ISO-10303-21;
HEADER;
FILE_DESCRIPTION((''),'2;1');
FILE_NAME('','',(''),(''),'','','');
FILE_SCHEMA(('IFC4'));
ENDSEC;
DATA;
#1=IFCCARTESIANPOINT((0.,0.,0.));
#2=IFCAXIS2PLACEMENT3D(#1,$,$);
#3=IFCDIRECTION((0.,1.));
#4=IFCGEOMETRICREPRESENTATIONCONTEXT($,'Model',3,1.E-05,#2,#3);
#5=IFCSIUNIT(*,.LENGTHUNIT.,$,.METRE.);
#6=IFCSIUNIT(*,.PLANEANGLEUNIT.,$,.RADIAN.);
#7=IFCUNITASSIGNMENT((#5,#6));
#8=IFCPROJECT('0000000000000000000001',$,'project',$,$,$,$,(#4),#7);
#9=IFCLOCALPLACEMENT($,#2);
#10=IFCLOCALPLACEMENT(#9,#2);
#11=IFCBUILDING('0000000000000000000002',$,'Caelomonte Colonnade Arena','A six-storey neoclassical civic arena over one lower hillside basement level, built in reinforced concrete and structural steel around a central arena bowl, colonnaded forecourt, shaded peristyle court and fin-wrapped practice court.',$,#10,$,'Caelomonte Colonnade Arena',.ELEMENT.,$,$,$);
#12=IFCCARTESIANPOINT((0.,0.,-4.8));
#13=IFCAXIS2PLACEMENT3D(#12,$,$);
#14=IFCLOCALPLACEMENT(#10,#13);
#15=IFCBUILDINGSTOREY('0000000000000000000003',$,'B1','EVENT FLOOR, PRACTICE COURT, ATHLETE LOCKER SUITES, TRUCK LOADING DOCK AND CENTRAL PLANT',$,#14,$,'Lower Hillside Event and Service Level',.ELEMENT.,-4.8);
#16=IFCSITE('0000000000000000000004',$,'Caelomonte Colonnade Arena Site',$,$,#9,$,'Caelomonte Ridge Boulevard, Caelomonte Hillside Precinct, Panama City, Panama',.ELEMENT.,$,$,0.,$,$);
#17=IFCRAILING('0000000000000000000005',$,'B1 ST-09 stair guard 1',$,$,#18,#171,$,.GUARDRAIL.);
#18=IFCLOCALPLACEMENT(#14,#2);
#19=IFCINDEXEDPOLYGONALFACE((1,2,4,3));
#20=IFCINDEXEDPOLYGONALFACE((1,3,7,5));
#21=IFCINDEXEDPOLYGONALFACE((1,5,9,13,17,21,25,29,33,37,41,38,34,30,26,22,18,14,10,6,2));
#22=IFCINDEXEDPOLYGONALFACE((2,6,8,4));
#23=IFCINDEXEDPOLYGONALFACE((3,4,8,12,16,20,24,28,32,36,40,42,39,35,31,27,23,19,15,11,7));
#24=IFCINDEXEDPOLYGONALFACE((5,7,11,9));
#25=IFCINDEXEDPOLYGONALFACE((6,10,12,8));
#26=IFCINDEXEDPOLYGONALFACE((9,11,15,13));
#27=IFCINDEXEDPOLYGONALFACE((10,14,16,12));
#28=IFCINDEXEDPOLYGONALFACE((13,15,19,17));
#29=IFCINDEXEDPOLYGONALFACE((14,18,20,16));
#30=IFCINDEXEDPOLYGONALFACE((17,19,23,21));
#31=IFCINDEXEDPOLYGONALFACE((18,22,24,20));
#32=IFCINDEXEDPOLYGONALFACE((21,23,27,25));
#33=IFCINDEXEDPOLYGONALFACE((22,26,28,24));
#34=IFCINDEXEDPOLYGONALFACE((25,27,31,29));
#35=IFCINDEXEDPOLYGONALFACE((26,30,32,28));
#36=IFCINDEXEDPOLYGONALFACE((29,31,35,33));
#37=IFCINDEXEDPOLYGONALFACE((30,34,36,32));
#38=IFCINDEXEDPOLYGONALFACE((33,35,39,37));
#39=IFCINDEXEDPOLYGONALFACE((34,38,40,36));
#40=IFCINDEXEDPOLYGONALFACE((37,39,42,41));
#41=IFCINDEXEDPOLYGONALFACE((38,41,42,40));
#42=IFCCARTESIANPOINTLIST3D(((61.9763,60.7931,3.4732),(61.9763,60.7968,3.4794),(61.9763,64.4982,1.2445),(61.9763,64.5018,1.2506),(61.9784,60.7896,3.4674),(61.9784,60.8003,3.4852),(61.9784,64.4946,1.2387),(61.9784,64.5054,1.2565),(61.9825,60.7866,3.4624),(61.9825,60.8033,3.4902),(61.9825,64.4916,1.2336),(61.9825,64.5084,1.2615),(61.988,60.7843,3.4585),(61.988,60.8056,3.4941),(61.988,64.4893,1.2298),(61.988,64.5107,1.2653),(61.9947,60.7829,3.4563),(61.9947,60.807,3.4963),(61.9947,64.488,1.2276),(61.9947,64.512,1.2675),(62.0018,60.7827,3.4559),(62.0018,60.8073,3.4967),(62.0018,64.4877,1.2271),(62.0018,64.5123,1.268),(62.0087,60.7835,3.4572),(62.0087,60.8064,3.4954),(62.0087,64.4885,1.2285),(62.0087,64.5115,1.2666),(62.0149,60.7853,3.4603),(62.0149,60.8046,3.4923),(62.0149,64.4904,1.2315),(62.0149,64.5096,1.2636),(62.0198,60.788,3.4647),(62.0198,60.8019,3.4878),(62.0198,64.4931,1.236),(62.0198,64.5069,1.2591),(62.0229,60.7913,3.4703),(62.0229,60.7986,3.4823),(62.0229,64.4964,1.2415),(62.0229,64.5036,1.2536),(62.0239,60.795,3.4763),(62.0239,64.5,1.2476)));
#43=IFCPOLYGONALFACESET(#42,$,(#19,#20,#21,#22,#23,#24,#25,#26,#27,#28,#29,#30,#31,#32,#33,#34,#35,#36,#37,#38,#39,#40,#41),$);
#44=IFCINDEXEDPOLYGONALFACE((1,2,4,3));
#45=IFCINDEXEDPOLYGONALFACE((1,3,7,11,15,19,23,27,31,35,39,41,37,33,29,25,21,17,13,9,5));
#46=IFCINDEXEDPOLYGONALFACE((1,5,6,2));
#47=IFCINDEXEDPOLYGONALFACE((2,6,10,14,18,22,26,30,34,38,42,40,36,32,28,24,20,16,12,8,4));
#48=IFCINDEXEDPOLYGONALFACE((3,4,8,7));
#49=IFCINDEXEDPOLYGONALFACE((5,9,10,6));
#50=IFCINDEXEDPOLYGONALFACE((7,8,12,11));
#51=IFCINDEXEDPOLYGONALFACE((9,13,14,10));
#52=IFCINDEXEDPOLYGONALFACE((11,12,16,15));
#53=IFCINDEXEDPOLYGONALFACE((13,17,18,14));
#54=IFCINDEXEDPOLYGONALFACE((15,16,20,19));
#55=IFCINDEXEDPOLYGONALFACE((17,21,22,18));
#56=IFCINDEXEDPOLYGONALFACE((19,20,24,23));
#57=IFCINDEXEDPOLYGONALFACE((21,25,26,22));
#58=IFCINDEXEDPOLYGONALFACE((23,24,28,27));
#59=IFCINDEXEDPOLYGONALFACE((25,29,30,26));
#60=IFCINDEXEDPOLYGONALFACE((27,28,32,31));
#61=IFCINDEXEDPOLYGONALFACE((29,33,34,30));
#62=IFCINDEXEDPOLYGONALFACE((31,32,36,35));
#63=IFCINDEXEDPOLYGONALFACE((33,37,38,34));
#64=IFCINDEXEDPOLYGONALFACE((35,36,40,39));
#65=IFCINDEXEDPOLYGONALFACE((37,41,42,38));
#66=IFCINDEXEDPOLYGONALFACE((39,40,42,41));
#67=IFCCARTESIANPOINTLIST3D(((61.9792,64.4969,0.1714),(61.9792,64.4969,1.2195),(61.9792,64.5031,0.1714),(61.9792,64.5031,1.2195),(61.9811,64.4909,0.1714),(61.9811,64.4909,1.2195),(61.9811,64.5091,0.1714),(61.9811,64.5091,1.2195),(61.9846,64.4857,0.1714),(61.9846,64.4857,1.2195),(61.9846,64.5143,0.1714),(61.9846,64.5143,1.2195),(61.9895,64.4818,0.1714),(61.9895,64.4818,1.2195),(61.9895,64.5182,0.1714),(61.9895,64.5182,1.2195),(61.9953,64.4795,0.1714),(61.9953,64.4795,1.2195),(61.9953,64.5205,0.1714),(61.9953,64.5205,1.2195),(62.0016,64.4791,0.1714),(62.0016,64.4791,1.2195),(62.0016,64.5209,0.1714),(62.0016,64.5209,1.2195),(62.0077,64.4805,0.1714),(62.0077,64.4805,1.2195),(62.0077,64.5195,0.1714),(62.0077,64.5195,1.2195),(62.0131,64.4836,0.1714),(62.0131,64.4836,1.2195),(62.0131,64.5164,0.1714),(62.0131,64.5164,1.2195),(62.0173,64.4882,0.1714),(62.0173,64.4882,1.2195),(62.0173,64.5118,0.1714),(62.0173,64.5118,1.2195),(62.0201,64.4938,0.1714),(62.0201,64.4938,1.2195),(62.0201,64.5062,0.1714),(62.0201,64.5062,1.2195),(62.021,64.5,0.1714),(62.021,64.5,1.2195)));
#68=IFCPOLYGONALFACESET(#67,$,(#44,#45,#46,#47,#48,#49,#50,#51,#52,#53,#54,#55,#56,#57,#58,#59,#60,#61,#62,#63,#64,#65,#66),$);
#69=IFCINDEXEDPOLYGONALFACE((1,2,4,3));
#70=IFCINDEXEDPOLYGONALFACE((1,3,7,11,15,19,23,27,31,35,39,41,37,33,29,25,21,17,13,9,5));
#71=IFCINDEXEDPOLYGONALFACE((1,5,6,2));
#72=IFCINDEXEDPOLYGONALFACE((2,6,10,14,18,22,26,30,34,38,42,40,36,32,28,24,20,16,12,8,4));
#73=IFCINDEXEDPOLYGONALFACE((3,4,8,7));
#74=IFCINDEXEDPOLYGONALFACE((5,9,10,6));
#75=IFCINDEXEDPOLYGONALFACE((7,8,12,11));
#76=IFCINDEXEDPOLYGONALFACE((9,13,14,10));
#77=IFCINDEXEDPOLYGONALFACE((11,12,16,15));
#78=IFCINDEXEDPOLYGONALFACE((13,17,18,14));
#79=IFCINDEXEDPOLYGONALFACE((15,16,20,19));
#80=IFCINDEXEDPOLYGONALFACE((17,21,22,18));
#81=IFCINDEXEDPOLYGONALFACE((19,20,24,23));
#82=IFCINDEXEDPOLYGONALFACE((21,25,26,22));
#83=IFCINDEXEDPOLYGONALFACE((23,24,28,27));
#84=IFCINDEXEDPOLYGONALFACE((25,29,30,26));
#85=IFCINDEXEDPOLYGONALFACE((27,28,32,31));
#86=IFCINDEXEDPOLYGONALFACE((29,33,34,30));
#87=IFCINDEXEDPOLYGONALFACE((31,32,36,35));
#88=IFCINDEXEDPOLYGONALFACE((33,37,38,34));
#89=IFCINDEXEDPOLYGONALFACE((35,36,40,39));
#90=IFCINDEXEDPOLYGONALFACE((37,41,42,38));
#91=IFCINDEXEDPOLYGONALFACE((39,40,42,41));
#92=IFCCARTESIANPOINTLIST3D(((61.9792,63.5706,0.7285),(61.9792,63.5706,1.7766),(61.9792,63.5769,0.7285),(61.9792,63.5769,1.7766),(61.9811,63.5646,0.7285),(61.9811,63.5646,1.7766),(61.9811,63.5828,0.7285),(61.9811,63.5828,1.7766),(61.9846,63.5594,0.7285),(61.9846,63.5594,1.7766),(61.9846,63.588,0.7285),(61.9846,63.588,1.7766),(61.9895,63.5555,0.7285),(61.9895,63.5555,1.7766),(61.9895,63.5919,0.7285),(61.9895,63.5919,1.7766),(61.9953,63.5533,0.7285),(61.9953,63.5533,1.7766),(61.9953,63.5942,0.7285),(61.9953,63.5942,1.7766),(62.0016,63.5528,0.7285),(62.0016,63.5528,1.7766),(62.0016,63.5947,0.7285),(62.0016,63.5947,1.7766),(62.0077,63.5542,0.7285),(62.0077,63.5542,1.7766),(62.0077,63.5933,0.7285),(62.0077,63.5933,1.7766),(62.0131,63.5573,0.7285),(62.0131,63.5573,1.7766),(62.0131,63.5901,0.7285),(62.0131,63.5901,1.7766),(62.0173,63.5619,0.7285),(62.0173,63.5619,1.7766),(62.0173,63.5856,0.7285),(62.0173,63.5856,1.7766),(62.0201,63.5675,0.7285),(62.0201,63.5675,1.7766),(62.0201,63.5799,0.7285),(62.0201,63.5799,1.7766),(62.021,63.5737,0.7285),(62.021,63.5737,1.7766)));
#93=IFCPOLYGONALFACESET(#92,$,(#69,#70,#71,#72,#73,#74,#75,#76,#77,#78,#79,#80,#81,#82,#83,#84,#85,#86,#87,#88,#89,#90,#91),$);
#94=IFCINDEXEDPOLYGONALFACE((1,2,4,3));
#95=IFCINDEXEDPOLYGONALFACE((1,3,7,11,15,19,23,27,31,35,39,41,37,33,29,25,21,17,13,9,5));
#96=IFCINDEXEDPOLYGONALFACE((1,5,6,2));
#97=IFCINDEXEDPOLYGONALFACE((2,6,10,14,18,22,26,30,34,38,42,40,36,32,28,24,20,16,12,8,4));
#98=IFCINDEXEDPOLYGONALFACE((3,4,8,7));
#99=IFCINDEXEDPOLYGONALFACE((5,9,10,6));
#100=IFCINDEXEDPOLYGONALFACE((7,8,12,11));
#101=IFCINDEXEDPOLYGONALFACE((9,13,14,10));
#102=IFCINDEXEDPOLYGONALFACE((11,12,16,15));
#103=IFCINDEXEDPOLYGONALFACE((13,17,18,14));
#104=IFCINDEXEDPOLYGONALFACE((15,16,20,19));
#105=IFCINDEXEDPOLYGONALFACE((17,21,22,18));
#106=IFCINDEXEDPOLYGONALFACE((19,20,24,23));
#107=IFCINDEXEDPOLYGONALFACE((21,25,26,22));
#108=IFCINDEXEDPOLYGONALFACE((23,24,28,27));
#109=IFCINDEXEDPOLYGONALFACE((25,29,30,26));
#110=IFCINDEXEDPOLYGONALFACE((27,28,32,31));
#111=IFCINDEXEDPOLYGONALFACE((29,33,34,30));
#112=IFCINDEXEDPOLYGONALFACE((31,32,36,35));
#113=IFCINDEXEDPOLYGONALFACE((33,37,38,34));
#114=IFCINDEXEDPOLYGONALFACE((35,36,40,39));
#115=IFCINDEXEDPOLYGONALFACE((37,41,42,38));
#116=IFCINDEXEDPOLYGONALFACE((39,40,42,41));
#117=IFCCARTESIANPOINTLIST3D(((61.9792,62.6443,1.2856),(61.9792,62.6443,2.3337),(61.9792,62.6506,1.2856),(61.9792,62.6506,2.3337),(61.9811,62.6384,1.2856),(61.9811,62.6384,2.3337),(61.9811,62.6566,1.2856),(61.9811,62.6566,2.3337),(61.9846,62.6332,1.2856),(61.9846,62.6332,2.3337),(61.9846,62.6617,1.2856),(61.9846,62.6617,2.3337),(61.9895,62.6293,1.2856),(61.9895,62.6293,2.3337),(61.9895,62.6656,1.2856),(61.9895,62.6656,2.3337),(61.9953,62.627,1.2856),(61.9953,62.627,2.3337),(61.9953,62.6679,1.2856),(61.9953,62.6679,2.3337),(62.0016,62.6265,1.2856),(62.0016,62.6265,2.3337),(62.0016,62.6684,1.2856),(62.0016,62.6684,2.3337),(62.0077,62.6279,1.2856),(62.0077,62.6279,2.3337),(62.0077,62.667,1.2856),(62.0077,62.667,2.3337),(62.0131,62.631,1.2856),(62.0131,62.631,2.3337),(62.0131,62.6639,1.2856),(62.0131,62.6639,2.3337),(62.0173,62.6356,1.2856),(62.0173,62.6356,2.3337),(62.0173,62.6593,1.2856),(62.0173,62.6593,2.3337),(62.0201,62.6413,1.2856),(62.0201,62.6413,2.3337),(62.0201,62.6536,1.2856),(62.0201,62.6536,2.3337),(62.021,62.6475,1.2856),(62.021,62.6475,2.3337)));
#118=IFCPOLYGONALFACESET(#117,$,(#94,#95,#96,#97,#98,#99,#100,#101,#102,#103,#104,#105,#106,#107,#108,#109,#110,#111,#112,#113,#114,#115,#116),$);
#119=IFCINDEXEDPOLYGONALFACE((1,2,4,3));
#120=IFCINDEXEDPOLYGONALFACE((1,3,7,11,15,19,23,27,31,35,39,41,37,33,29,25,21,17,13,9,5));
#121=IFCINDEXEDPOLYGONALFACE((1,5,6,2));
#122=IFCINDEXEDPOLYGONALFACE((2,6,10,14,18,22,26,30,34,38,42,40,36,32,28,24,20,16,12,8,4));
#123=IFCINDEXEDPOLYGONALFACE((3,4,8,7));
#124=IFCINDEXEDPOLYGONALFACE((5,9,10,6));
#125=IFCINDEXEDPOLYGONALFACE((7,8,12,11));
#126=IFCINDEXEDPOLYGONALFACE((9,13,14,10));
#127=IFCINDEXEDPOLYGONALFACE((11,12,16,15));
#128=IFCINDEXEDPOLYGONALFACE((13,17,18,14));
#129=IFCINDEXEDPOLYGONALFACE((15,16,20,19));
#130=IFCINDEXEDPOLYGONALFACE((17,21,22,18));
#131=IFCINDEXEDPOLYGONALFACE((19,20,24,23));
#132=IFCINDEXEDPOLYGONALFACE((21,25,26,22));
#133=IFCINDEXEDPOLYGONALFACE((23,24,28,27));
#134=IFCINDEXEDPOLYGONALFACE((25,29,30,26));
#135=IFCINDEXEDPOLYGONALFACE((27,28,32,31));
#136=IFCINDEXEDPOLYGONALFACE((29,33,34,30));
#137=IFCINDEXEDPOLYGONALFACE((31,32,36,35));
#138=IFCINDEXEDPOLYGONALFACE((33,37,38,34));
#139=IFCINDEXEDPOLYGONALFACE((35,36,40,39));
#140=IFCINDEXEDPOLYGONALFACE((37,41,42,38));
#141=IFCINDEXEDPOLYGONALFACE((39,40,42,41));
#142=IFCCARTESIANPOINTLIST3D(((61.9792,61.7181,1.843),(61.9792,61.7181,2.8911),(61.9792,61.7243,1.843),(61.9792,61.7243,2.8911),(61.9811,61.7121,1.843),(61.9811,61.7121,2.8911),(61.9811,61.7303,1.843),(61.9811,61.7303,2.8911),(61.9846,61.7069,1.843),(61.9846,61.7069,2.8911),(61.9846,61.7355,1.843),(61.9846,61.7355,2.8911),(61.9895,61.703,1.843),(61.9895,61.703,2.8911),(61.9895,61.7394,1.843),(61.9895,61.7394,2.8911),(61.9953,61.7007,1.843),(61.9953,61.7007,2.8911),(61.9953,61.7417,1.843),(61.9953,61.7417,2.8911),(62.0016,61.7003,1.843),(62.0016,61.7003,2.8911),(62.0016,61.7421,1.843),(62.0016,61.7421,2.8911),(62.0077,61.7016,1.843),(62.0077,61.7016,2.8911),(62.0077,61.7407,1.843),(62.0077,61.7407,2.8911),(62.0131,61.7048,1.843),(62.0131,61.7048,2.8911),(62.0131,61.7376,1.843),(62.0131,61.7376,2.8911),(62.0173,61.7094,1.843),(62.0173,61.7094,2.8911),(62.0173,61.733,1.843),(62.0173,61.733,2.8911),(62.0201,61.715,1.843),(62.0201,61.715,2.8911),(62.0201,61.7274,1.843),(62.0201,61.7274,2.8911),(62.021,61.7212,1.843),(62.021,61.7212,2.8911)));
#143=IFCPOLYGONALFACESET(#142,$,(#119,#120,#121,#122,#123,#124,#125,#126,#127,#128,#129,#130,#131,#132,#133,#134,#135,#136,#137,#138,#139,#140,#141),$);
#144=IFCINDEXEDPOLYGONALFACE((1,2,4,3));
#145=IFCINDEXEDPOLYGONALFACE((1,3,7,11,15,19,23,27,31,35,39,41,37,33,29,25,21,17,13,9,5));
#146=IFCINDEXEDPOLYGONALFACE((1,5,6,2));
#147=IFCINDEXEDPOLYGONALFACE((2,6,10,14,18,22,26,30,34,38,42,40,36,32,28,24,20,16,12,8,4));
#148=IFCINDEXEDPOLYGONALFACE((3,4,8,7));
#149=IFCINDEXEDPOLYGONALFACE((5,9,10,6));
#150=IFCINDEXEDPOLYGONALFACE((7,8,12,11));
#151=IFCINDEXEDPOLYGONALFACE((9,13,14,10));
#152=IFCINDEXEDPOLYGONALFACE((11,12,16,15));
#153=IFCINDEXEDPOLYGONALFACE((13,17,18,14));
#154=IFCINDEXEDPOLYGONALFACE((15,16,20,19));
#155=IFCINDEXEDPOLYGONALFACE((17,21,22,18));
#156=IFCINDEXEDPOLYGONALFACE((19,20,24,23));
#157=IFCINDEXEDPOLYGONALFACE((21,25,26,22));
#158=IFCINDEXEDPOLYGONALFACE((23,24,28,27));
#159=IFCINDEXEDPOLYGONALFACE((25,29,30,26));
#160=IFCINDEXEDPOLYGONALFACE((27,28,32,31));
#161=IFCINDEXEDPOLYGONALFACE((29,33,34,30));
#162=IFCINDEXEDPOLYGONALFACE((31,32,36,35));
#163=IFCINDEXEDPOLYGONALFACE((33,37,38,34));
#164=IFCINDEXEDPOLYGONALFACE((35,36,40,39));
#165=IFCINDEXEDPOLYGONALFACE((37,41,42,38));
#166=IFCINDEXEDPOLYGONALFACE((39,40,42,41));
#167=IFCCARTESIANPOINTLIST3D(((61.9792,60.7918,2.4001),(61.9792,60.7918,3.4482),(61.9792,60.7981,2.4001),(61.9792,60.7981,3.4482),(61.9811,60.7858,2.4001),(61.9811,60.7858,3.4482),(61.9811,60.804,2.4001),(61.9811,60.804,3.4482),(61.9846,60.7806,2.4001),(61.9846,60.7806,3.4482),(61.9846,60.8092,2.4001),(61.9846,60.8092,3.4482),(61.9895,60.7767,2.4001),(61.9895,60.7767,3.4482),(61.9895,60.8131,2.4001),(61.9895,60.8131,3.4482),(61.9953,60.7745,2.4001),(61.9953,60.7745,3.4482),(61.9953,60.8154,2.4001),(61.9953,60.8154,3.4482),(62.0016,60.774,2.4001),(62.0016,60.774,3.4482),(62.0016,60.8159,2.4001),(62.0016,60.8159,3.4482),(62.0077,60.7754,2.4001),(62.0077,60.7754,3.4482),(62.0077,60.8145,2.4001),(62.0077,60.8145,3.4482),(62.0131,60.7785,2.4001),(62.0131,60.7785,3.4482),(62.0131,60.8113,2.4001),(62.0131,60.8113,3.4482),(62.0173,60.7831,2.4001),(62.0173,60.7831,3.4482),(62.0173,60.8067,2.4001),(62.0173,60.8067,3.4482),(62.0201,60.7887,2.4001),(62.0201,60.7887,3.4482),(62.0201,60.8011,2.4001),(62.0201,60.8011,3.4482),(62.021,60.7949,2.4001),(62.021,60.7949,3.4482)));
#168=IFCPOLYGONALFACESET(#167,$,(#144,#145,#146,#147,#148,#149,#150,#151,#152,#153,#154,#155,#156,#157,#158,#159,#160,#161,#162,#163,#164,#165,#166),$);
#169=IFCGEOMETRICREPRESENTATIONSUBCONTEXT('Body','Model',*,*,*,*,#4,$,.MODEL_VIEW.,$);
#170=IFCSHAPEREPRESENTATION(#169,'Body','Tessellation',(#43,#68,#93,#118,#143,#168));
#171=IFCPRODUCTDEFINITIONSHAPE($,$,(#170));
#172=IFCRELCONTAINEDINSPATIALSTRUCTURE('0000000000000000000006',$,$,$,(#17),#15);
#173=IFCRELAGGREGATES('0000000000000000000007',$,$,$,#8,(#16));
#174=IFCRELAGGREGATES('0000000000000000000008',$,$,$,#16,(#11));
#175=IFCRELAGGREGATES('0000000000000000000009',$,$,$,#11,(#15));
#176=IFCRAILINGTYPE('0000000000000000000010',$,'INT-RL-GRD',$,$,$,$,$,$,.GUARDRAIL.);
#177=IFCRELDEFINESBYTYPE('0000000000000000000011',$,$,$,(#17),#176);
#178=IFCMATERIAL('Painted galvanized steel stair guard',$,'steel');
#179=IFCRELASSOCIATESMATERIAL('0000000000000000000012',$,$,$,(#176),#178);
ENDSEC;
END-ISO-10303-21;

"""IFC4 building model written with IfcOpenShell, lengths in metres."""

from ifc_helpers import new_model, si_unit, direction, frame, origin, origin_2d, place, context, subcontext, project, spatial, circle, extrude, material, type_object, element, save


model = new_model("IFC4")

# Units and contexts
model_context = context("Model", 3, precision=1e-05, world=origin(), true_north=direction((0.0, 1.0)))
body_context = subcontext(model_context, "Body", "Model", "MODEL_VIEW")
ifc_project = project(units=[si_unit("LENGTHUNIT", "METRE"), si_unit("PLANEANGLEUNIT", "RADIAN")], contexts=[model_context])

# Site, building, storey
site_placement = place(None, origin())
site = spatial("IfcSite", under=ifc_project, at=site_placement, Name="Caelomonte Colonnade Arena Site", LongName="Caelomonte Ridge Boulevard, Caelomonte Hillside Precinct, Panama City, Panama", CompositionType="ELEMENT", RefElevation=0.0)
building_placement = place(site_placement, origin())
building = spatial("IfcBuilding", under=site, at=building_placement, Name="Caelomonte Colonnade Arena", Description="A six-storey neoclassical civic arena over one lower hillside basement level, built in reinforced concrete and structural steel around a central arena bowl, colonnaded forecourt, shaded peristyle court and fin-wrapped practice court.", LongName="Caelomonte Colonnade Arena", CompositionType="ELEMENT")
storey_placement = place(building_placement, frame((0.0, 0.0, -4.8)))
storey = spatial("IfcBuildingStorey", under=building, at=storey_placement, Name="B1", Description="EVENT FLOOR, PRACTICE COURT, ATHLETE LOCKER SUITES, TRUCK LOADING DOCK AND CENTRAL PLANT", LongName="Lower Hillside Event and Service Level", CompositionType="ELEMENT", Elevation=-4.8)

# Railing
ifc_material_1 = material(Name="Painted galvanized steel stair guard", Category="steel")
railing_type_1 = type_object("IfcRailingType", Name="INT-RL-GRD", PredefinedType="GUARDRAIL", material=ifc_material_1)
railing_1_placement = place(storey_placement, frame((62.0, 64.5, 0.1714)))
element("IfcRailing", 1, at=railing_1_placement, inside=storey, type_object=railing_type_1, Name="B1 ST-09 stair guard 1", PredefinedType="GUARDRAIL", context=body_context, shape_type="SweptSolid", body=[
    extrude(circle(Radius=0.0239, at=origin_2d()), frame((0.0, 0.0, 1.0762), z_axis=(0.0, -0.856909, 0.515467), x_axis=(1.0, 0.0, 0.0)), (0.0, 0.0, 1.0), 4.3237),
    extrude(circle(Radius=0.021, at=origin_2d()), origin(), (0.0, 0.0, 1.0), 1.0481),
    extrude(circle(Radius=0.021, at=origin_2d()), frame((0.0, -0.9263, 0.5571)), (0.0, 0.0, 1.0), 1.0481),
    extrude(circle(Radius=0.021, at=origin_2d()), frame((0.0, -1.8525, 1.1143)), (0.0, 0.0, 1.0), 1.0481),
    extrude(circle(Radius=0.021, at=origin_2d()), frame((0.0, -2.7788, 1.6716)), (0.0, 0.0, 1.0), 1.0481),
    extrude(circle(Radius=0.021, at=origin_2d()), frame((0.0, -3.7051, 2.2288)), (0.0, 0.0, 1.0), 1.0481),
])

save(model, "model.ifc")
